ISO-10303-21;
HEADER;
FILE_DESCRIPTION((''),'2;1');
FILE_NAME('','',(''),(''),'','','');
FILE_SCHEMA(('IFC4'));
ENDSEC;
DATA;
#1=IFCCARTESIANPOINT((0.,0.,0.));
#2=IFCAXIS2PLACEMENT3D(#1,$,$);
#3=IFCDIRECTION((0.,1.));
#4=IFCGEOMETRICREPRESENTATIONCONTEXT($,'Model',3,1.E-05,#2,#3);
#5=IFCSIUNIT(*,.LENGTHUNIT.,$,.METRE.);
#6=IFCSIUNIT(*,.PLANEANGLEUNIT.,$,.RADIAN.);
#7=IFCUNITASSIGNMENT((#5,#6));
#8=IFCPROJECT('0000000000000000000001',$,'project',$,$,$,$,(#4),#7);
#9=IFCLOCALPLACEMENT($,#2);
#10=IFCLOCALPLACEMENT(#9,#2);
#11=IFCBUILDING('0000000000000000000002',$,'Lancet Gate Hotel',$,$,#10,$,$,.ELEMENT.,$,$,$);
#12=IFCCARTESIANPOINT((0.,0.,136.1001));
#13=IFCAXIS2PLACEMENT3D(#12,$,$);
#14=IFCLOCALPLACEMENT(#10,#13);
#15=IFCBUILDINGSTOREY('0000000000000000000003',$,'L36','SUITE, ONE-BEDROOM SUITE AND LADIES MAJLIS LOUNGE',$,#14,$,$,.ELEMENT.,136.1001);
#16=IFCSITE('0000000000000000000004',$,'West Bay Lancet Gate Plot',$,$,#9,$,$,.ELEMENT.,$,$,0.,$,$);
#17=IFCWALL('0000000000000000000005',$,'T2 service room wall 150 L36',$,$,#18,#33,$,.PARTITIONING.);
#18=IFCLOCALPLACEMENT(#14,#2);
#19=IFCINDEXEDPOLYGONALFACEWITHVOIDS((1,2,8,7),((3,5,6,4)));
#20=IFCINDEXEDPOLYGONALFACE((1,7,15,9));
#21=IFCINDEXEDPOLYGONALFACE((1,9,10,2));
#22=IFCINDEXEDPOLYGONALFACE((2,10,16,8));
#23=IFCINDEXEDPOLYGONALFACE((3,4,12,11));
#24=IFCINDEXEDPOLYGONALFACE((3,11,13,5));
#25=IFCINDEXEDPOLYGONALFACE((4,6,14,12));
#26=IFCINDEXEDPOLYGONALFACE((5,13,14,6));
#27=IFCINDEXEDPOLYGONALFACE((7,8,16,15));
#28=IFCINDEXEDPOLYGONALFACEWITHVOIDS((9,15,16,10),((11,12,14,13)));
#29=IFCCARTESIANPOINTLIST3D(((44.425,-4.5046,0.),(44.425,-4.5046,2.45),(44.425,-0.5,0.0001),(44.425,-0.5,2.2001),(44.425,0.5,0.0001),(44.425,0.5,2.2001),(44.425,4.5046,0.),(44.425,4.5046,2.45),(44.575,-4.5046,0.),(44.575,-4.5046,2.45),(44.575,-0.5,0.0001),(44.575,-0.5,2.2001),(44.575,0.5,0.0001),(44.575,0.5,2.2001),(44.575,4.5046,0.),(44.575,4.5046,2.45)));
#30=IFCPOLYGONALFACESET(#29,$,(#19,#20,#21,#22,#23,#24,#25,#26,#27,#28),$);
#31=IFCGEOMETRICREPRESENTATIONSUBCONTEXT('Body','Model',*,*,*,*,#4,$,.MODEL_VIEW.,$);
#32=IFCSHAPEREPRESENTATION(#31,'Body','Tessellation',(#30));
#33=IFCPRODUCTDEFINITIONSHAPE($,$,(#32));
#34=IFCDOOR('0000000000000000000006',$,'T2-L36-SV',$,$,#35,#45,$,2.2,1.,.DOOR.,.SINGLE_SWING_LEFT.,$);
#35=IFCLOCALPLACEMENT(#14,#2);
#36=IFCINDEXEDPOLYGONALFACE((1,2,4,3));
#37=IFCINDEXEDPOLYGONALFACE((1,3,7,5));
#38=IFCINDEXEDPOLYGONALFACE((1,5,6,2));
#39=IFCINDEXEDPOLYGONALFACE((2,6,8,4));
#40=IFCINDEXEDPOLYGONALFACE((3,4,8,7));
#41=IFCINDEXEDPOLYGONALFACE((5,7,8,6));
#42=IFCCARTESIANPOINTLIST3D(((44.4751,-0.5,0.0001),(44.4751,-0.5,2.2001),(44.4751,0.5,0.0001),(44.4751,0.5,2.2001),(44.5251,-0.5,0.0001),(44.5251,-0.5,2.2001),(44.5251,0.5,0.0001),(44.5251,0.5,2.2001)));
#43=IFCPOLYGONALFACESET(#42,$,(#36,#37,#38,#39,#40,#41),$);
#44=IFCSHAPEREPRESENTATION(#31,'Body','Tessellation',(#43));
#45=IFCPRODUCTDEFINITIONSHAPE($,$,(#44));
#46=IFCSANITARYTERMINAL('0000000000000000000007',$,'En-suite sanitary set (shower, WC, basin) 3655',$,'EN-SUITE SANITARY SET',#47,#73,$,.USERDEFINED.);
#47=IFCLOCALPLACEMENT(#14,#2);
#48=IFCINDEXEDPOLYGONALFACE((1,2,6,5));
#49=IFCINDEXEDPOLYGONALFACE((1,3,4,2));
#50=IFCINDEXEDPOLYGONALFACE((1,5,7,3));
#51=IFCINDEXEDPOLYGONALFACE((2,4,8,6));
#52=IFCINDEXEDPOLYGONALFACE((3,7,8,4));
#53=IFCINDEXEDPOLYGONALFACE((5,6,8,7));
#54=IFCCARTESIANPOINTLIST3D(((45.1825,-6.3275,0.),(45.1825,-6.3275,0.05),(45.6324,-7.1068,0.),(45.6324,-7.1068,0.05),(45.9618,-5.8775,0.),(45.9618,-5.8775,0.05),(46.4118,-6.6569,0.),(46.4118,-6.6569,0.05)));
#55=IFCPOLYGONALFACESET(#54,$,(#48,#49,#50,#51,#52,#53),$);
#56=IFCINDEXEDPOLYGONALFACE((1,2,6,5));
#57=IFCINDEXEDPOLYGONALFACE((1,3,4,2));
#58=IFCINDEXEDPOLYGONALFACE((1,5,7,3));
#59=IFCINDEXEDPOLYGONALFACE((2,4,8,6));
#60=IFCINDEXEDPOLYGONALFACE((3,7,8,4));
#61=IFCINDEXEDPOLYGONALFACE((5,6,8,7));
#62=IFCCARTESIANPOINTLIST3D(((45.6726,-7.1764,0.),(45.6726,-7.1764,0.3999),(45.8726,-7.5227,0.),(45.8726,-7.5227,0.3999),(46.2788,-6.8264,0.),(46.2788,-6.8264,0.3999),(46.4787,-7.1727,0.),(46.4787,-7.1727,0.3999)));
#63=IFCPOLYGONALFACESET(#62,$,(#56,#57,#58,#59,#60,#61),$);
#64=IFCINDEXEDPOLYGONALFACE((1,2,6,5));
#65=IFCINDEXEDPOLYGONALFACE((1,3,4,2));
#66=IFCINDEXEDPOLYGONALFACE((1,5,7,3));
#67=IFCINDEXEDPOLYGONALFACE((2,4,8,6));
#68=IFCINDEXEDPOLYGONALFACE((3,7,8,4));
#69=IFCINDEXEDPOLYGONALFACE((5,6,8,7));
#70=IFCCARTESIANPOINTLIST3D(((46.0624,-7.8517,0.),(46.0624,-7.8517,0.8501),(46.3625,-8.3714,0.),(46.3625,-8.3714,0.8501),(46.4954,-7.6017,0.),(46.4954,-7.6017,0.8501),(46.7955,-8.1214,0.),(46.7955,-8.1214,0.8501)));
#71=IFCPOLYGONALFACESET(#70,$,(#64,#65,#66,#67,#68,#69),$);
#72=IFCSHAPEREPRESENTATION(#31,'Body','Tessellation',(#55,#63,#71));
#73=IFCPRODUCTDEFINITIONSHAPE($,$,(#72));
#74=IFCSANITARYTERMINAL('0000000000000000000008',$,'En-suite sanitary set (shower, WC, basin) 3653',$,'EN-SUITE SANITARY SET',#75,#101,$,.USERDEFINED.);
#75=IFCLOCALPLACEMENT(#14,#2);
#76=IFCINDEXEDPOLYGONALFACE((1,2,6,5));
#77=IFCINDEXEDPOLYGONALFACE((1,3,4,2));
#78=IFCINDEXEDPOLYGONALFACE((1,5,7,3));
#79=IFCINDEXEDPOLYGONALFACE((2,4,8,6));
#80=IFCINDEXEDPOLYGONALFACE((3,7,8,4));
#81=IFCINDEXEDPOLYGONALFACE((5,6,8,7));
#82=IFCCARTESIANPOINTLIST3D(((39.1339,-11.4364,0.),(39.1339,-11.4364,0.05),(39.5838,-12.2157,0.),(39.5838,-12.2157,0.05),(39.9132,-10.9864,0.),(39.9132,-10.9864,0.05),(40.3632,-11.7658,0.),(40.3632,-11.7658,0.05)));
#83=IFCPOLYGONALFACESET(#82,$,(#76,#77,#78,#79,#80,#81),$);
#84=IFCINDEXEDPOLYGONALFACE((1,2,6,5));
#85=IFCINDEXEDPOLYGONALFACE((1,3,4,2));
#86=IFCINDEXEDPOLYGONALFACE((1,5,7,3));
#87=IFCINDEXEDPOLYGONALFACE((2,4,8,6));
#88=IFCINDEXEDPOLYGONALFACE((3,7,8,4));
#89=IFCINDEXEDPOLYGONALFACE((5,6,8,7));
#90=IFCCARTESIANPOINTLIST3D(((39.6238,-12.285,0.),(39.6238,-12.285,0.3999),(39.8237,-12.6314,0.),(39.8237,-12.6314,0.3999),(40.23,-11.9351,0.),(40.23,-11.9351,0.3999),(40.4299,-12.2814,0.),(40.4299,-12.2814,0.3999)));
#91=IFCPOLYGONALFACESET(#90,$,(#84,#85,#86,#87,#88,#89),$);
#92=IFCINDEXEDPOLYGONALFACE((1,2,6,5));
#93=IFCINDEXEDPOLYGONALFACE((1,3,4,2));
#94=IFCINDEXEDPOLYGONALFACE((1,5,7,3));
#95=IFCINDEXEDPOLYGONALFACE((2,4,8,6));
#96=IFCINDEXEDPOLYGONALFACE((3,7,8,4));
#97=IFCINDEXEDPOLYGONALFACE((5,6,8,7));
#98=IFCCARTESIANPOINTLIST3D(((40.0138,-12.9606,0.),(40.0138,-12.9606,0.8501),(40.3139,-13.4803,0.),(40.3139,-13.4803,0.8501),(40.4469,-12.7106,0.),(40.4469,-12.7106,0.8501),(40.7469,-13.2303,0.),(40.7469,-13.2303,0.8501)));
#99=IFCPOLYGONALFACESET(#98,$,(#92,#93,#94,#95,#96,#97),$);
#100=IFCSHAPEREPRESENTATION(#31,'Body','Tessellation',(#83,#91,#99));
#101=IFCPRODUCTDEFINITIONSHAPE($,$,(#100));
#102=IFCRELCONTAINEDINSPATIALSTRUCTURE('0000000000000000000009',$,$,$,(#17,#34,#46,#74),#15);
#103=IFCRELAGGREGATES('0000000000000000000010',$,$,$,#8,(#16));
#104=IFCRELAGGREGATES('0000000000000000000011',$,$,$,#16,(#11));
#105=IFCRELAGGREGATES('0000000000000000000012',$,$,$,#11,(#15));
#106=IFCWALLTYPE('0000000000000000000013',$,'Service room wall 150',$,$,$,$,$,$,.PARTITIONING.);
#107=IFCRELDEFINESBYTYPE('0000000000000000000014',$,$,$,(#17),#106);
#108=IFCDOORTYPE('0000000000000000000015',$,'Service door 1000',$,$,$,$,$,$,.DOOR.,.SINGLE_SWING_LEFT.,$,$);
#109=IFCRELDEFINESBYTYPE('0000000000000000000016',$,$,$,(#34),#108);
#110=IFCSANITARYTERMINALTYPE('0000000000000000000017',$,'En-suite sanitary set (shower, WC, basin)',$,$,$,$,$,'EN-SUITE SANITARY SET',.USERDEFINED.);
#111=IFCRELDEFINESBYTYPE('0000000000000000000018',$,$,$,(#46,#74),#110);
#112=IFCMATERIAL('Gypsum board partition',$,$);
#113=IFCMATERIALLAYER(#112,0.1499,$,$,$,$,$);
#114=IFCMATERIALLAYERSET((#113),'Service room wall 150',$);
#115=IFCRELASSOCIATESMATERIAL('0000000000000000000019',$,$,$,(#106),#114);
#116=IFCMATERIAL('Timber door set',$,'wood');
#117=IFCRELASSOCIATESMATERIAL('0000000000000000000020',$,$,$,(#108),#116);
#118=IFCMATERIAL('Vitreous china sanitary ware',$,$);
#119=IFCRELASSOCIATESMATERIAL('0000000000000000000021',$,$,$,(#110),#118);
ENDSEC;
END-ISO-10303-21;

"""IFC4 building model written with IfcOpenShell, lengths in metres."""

from ifc_helpers import new_model, si_unit, direction, frame, frame_2d, origin, origin_2d, place, context, subcontext, project, spatial, rectangle, extrude, material, layer, layer_set, type_object, element, fill, save


model = new_model("IFC4")

# Units and contexts
model_context = context("Model", 3, precision=1e-05, world=origin(), true_north=direction((0.0, 1.0)))
body_context = subcontext(model_context, "Body", "Model", "MODEL_VIEW")
ifc_project = project(units=[si_unit("LENGTHUNIT", "METRE"), si_unit("PLANEANGLEUNIT", "RADIAN")], contexts=[model_context])

# Site, building, storey
site_placement = place(None, origin())
site = spatial("IfcSite", under=ifc_project, at=site_placement, Name="West Bay Lancet Gate Plot", CompositionType="ELEMENT", RefElevation=0.0)
building_placement = place(site_placement, origin())
building = spatial("IfcBuilding", under=site, at=building_placement, Name="Lancet Gate Hotel", CompositionType="ELEMENT")
storey_placement = place(building_placement, frame((0.0, 0.0, 136.1001)))
storey = spatial("IfcBuildingStorey", under=building, at=storey_placement, Name="L36", Description="SUITE, ONE-BEDROOM SUITE AND LADIES MAJLIS LOUNGE", CompositionType="ELEMENT", Elevation=136.1001)

# Shared definitions
ifc_material_1 = material(Name="Gypsum board partition")
ifc_layer_1 = layer(ifc_material_1, 0.1499)
ifc_layer_set_1 = layer_set([ifc_layer_1], Name="Service room wall 150")
wall_type_1 = type_object("IfcWallType", Name="Service room wall 150", PredefinedType="PARTITIONING", material=ifc_layer_set_1)

# Wall, opening, door
wall_1_placement = place(storey_placement, frame((44.5, -4.5046, 0.0), z_axis=(0.0, 0.0, 1.0), x_axis=(0.0, 1.0, 0.0)))
wall_1 = element("IfcWall", 1, at=wall_1_placement, inside=storey, type_object=wall_type_1, Name="T2 service room wall 150 L36", PredefinedType="PARTITIONING", context=body_context, shape_type="SweptSolid", body=[
    extrude(rectangle(XDim=9.0093, YDim=0.1499, at=frame_2d((4.5046, 0.0))), origin(), (0.0, 0.0, 1.0), 2.45),
])
opening_1_placement = place(wall_1_placement, frame((4.0046, 0.0, 0.0)))
opening_1 = element("IfcOpeningElement", 2, at=opening_1_placement, cuts=wall_1, PredefinedType="OPENING", context=body_context, shape_type="SweptSolid", body=[
    extrude(rectangle(XDim=1.0, YDim=2.2, at=frame_2d((0.5, 1.1001))), frame((0.0, 0.085, 0.0), z_axis=(0.0, -1.0, 0.0), x_axis=(1.0, 0.0, 0.0)), (0.0, 0.0, 1.0), 0.1699),
])
ifc_material_2 = material(Name="Timber door set", Category="wood")
door_type_1 = type_object("IfcDoorType", Name="Service door 1000", OperationType="SINGLE_SWING_LEFT", PredefinedType="DOOR", material=ifc_material_2)
door_1_placement = place(opening_1_placement, origin())
door_1 = element("IfcDoor", 3, at=door_1_placement, inside=storey, type_object=door_type_1, Name="T2-L36-SV", OperationType="SINGLE_SWING_LEFT", OverallHeight=2.2, OverallWidth=1.0, PredefinedType="DOOR", context=body_context, shape_type="SweptSolid", body=[
    extrude(rectangle(XDim=1.0, YDim=2.2, at=frame_2d((0.5, 1.1001))), frame((0.0, 0.0249, 0.0), z_axis=(0.0, -1.0, 0.0), x_axis=(1.0, 0.0, 0.0)), (0.0, 0.0, 1.0), 0.05),
])
fill(opening_1, door_1)

# Sanitary terminals
ifc_material_3 = material(Name="Vitreous china sanitary ware")
sanitary_terminal_type = type_object("IfcSanitaryTerminalType", Name="En-suite sanitary set (shower, WC, basin)", ElementType="EN-SUITE SANITARY SET", PredefinedType="USERDEFINED", material=ifc_material_3)
sanitary_terminal_1_placement = place(storey_placement, frame((45.7971, -6.4922, 0.0), z_axis=(0.0, 0.0, 1.0), x_axis=(1.0, 0.0, 0.0)))
element("IfcSanitaryTerminal", 4, at=sanitary_terminal_1_placement, inside=storey, type_object=sanitary_terminal_type, Name="En-suite sanitary set (shower, WC, basin) 3655", ObjectType="EN-SUITE SANITARY SET", PredefinedType="USERDEFINED", context=body_context, shape_type="SweptSolid", body=[
    extrude(rectangle(XDim=0.8999, YDim=0.8999, at=origin_2d()), frame((0.0, 0.0, 0.0), z_axis=(0.0, 0.0, 1.0), x_axis=(-0.5, 0.866025, 0.0)), (0.0, 0.0, 1.0), 0.05),
    extrude(rectangle(XDim=0.3999, YDim=0.7, at=origin_2d()), frame((0.2786, -0.6824, 0.0), z_axis=(0.0, 0.0, 1.0), x_axis=(-0.5, 0.866025, 0.0)), (0.0, 0.0, 1.0), 0.3999),
    extrude(rectangle(XDim=0.6001, YDim=0.5, at=origin_2d()), frame((0.6318, -1.4944, 0.0), z_axis=(0.0, 0.0, 1.0), x_axis=(-0.5, 0.866025, 0.0)), (0.0, 0.0, 1.0), 0.8501),
])
sanitary_terminal_2_placement = place(storey_placement, frame((39.7485, -11.6011, 0.0), z_axis=(0.0, 0.0, 1.0), x_axis=(1.0, 0.0, 0.0)))
element("IfcSanitaryTerminal", 5, at=sanitary_terminal_2_placement, inside=storey, type_object=sanitary_terminal_type, Name="En-suite sanitary set (shower, WC, basin) 3653", ObjectType="EN-SUITE SANITARY SET", PredefinedType="USERDEFINED", context=body_context, shape_type="SweptSolid", body=[
    extrude(rectangle(XDim=0.8999, YDim=0.8999, at=origin_2d()), frame((0.0, 0.0, 0.0), z_axis=(0.0, 0.0, 1.0), x_axis=(-0.5, 0.866025, 0.0)), (0.0, 0.0, 1.0), 0.05),
    extrude(rectangle(XDim=0.3999, YDim=0.7, at=origin_2d()), frame((0.2783, -0.6821, 0.0), z_axis=(0.0, 0.0, 1.0), x_axis=(-0.5, 0.866025, 0.0)), (0.0, 0.0, 1.0), 0.3999),
    extrude(rectangle(XDim=0.6001, YDim=0.5, at=origin_2d()), frame((0.6318, -1.4944, 0.0), z_axis=(0.0, 0.0, 1.0), x_axis=(-0.5, 0.866025, 0.0)), (0.0, 0.0, 1.0), 0.8501),
])

save(model, "model.ifc")
